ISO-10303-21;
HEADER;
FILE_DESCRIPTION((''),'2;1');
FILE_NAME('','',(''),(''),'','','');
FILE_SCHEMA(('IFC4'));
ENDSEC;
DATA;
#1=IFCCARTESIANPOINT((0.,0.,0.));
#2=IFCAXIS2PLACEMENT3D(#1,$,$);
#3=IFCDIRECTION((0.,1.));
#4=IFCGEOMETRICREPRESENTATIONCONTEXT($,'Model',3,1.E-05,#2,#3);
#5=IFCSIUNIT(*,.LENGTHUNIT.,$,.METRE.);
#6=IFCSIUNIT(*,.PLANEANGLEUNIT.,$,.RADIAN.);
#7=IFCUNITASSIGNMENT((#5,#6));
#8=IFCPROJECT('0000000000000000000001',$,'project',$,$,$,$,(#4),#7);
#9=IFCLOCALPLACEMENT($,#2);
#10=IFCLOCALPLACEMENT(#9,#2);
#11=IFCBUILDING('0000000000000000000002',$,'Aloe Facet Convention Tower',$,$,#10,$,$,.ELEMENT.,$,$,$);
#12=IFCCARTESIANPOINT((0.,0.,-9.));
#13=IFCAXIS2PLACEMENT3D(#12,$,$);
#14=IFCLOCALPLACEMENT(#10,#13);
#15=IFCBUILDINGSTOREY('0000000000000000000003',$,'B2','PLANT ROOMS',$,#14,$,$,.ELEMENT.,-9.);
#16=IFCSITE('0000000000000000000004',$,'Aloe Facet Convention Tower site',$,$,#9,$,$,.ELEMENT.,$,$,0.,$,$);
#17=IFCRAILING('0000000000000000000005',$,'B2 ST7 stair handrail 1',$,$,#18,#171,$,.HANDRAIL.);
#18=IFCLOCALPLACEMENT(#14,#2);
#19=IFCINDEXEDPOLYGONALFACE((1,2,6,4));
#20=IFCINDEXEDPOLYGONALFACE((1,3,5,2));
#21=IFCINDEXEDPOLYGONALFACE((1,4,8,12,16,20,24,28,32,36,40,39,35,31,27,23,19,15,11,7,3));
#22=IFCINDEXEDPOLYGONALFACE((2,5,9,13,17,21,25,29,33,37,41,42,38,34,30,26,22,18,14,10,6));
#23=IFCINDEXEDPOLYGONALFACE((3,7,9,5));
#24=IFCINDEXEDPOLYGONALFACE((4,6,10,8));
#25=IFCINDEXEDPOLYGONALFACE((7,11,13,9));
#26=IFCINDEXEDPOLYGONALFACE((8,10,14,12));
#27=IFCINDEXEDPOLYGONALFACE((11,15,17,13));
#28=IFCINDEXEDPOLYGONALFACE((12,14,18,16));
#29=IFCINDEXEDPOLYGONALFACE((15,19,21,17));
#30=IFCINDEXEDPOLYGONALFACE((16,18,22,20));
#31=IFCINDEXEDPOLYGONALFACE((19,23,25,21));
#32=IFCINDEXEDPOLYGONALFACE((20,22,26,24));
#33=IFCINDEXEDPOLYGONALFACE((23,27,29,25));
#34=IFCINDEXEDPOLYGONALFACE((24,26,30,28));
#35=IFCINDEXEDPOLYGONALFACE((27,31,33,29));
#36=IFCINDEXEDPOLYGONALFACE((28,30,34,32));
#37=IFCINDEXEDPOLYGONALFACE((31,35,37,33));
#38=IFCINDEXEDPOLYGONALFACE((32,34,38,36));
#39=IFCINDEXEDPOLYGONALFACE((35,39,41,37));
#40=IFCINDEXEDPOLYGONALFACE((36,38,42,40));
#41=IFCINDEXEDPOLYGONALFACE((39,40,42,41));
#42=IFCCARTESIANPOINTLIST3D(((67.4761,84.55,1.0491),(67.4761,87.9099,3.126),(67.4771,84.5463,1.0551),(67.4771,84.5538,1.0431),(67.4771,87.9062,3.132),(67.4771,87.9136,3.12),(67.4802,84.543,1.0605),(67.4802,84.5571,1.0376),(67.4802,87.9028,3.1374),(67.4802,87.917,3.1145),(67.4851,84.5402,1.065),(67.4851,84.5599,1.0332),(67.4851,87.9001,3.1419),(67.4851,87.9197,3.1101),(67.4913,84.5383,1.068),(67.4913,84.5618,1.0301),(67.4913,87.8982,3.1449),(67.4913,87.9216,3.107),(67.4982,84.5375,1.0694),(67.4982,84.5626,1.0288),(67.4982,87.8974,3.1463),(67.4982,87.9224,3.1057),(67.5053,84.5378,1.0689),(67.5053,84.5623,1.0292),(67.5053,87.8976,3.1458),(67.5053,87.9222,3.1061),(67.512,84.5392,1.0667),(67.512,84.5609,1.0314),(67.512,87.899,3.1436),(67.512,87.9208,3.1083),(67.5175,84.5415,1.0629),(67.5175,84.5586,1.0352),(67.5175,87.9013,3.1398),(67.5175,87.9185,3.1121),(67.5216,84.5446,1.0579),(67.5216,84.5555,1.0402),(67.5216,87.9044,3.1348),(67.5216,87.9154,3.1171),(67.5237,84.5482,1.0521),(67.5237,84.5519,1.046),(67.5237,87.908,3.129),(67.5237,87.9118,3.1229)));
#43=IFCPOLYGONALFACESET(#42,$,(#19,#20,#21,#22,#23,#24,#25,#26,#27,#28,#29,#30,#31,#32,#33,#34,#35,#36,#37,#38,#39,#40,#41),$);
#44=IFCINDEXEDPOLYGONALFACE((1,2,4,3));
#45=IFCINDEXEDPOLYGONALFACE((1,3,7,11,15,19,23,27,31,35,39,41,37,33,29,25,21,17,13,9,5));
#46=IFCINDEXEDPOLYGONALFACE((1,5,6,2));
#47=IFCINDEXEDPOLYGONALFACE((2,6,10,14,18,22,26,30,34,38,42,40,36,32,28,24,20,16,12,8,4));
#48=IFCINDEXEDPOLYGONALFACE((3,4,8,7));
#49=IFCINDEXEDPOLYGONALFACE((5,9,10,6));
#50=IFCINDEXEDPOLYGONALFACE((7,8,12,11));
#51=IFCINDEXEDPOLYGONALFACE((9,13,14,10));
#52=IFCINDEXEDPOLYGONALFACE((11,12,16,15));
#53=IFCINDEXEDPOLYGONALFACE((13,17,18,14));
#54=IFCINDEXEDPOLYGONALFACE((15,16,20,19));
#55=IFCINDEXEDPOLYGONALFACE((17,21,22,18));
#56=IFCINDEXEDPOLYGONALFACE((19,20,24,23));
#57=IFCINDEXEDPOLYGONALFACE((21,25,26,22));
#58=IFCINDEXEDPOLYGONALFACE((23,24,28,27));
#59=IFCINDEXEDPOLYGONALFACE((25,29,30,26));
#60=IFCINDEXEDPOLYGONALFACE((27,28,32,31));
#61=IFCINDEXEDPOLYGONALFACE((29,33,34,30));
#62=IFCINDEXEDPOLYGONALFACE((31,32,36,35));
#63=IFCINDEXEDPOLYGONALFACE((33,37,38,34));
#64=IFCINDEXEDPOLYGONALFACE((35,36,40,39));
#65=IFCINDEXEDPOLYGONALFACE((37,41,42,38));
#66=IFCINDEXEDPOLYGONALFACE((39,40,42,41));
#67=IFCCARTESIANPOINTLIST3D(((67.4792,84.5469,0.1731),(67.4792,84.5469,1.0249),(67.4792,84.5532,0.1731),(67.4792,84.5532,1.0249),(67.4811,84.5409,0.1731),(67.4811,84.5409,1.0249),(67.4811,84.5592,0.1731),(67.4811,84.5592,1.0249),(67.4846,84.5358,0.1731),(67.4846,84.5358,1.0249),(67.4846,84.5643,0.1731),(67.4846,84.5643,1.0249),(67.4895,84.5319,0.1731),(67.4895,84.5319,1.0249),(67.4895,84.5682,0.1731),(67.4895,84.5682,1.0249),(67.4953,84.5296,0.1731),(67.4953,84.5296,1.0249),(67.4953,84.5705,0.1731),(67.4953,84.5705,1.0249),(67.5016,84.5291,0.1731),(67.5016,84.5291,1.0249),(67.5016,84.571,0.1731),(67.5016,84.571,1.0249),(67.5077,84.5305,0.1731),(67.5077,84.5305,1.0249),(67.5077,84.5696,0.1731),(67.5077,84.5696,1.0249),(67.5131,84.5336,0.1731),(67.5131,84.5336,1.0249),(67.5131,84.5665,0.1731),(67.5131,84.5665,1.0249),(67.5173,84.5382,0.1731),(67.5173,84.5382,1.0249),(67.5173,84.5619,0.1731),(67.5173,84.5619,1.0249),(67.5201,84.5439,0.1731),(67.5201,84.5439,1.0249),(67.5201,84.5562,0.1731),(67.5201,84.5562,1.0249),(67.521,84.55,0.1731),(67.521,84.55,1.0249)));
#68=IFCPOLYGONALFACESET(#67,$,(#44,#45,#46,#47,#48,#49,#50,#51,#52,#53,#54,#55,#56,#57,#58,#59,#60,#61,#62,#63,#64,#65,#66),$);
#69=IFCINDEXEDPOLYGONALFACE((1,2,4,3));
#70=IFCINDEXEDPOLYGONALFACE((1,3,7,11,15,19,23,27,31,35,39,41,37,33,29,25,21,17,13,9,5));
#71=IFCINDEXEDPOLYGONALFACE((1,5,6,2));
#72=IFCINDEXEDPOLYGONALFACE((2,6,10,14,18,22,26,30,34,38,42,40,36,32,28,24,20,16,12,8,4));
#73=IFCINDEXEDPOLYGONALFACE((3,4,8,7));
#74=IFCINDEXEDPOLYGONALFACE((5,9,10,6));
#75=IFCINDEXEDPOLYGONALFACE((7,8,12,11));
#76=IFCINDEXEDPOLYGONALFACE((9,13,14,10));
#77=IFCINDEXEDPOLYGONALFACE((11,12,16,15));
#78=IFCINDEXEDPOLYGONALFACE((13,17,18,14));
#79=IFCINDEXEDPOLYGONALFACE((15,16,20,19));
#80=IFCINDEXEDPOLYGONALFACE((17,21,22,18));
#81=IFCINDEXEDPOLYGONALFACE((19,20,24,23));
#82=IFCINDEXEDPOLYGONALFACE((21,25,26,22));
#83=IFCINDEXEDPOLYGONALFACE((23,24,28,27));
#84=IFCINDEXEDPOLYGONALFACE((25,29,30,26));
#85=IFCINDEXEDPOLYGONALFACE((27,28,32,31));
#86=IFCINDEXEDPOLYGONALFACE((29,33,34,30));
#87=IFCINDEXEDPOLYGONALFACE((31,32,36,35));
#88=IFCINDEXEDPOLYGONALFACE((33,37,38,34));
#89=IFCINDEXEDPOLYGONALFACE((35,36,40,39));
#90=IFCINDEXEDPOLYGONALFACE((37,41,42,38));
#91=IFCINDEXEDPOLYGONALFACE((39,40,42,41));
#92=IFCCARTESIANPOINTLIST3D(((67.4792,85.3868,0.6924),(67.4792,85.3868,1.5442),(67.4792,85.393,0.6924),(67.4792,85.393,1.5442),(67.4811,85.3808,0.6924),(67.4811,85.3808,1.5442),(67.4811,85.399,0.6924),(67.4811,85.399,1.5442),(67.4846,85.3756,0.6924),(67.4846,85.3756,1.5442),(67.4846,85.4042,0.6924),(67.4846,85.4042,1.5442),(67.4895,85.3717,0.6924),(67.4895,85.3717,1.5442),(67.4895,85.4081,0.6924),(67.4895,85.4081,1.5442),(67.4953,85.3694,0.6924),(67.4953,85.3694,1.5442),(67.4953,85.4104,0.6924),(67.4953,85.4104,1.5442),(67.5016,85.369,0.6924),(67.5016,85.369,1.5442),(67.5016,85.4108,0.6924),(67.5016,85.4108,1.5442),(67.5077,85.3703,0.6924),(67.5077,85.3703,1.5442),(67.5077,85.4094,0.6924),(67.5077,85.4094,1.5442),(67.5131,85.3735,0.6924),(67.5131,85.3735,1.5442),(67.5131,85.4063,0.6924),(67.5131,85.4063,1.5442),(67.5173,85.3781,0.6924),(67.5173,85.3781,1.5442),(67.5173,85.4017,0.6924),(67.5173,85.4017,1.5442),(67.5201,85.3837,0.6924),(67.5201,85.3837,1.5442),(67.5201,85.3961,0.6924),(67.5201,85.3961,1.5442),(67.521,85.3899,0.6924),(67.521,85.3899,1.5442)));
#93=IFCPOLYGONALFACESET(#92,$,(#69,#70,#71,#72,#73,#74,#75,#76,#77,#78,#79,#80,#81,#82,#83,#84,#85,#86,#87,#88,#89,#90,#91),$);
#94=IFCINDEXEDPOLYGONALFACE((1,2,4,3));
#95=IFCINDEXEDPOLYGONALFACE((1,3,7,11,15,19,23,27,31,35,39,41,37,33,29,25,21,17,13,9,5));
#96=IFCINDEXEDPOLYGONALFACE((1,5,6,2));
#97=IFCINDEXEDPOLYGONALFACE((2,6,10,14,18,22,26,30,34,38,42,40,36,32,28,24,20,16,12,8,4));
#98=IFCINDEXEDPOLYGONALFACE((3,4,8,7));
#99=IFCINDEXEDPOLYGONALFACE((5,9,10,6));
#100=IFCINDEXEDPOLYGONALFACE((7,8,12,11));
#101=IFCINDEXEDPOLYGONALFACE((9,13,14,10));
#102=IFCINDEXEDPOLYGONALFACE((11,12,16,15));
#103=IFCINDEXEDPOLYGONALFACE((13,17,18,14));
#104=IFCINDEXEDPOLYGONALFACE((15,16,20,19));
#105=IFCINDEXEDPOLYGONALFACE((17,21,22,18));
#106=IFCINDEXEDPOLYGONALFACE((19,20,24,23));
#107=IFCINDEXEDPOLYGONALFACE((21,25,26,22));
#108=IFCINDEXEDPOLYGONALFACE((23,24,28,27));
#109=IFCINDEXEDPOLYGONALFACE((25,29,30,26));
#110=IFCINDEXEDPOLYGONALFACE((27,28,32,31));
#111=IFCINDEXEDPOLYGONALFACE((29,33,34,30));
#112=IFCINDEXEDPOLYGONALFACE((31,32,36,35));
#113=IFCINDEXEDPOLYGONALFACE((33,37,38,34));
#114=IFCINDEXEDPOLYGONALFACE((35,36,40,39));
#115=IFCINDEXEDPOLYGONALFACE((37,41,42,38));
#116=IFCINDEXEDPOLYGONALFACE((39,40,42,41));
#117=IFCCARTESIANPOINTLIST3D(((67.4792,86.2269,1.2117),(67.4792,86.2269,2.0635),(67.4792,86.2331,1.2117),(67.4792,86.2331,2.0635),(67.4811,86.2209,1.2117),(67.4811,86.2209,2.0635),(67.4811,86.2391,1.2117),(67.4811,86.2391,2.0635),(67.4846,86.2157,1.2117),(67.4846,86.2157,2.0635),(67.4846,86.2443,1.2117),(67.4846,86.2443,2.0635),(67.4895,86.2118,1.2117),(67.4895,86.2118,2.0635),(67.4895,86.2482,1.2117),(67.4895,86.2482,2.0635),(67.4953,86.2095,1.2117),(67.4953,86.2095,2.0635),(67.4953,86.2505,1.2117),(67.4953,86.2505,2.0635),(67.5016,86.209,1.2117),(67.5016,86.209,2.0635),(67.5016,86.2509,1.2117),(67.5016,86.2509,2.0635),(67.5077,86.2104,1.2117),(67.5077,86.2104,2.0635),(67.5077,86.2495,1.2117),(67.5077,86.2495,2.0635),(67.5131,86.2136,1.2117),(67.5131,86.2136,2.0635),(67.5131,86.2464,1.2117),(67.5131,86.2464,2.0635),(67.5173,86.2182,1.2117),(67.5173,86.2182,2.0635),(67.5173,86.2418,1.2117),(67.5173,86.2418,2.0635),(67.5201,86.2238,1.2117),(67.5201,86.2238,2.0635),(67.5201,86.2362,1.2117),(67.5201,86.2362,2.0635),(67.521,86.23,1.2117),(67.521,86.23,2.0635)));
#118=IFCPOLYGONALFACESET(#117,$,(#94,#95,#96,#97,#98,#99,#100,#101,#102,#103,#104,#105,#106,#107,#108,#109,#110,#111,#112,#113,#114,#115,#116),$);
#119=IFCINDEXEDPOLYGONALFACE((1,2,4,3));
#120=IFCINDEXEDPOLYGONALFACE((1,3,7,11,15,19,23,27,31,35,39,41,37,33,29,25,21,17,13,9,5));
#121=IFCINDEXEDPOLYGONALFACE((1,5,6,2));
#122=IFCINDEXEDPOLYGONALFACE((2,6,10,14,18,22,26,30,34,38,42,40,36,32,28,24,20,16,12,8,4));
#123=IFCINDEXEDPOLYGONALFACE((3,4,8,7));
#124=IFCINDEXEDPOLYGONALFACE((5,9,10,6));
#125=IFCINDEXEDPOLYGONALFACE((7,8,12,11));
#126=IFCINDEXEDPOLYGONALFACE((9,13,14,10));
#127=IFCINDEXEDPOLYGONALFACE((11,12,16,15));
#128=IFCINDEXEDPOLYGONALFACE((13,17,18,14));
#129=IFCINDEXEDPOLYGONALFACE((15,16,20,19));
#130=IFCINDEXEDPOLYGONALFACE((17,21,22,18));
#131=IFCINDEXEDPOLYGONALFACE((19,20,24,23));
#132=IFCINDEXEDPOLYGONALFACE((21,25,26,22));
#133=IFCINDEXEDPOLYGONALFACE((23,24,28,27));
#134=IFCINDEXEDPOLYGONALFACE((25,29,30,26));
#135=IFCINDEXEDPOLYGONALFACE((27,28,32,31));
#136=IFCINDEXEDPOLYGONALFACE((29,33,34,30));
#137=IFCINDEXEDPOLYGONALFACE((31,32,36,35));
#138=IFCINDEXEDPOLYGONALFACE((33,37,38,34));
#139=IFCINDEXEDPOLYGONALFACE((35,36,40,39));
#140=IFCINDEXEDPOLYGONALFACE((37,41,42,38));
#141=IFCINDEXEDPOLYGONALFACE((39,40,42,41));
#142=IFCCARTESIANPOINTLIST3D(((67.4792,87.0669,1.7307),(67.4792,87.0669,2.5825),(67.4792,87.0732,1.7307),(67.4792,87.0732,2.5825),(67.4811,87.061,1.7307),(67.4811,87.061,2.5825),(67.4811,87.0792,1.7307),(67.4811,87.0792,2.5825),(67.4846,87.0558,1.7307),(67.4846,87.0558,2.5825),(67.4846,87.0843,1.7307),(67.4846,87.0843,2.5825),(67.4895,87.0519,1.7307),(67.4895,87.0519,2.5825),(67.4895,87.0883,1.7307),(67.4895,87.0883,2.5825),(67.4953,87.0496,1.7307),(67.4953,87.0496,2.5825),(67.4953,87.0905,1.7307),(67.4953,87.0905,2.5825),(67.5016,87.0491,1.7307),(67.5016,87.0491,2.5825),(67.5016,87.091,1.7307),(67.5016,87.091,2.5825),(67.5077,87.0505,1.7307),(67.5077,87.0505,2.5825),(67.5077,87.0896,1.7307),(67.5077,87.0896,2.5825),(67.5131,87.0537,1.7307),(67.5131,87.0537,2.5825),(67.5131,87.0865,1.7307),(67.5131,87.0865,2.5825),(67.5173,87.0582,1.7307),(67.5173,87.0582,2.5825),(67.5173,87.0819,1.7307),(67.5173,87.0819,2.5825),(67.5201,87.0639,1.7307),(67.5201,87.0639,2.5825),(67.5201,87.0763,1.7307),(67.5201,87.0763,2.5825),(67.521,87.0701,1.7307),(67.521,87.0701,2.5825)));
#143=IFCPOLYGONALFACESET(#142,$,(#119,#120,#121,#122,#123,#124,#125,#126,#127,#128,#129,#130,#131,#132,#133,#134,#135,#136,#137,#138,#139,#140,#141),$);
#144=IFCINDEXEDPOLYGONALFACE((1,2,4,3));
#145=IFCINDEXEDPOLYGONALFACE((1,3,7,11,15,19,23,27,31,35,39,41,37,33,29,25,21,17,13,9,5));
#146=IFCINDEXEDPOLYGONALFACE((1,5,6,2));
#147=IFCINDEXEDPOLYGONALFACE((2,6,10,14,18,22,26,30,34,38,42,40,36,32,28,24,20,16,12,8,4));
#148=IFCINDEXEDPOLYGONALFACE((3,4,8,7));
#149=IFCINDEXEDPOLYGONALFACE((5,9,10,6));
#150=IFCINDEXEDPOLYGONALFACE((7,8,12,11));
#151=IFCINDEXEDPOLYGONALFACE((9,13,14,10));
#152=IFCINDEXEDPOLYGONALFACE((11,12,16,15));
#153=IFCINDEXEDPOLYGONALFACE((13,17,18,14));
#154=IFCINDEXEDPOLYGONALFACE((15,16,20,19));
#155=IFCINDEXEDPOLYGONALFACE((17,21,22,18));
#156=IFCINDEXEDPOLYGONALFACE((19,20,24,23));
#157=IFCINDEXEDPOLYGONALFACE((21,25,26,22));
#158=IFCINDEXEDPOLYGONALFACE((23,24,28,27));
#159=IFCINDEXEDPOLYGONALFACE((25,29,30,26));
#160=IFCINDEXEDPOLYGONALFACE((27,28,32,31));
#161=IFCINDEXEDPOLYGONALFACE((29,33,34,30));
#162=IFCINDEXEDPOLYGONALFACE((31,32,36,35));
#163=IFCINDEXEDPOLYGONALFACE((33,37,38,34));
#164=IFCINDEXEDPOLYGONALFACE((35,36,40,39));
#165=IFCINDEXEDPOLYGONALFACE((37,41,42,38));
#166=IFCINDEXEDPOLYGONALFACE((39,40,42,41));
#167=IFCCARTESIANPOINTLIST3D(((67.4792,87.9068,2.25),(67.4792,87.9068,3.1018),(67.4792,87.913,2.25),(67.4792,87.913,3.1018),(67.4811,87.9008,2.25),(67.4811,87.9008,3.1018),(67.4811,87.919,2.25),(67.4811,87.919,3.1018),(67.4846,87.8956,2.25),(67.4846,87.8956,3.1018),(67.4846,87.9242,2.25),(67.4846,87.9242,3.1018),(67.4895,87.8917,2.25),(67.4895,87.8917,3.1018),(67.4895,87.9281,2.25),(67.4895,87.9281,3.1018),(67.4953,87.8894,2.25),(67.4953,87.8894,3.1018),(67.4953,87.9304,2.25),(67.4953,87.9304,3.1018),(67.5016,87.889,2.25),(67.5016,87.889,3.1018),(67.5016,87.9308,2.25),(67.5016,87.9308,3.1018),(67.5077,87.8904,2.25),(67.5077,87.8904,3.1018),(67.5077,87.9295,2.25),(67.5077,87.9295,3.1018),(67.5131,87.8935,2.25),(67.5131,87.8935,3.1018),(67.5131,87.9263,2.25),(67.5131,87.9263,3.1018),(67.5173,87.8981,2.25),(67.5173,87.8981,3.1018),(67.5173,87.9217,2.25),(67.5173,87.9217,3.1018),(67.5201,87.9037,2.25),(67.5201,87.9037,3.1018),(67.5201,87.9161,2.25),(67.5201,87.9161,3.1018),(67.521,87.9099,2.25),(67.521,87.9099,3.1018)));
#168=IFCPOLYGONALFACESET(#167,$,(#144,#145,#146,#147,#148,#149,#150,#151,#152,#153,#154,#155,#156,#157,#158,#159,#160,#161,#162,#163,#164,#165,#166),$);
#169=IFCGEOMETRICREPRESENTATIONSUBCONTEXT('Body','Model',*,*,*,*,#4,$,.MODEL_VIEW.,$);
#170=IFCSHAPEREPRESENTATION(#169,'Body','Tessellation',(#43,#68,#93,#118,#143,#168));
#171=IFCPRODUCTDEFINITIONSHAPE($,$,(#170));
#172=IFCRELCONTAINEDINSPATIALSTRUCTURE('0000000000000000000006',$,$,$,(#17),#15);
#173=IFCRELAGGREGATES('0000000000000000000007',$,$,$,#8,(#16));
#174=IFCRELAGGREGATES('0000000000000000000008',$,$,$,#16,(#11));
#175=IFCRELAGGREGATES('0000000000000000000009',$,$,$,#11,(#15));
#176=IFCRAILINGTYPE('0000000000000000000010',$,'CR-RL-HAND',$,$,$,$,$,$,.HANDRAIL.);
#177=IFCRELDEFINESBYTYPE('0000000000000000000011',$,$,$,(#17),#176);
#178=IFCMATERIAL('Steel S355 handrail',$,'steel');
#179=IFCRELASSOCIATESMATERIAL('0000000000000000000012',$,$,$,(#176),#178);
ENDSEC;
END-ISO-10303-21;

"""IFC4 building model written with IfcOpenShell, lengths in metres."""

from ifc_helpers import new_model, si_unit, direction, frame, origin, origin_2d, place, context, subcontext, project, spatial, circle, extrude, material, type_object, element, save


model = new_model("IFC4")

# Units and contexts
model_context = context("Model", 3, precision=1e-05, world=origin(), true_north=direction((0.0, 1.0)))
body_context = subcontext(model_context, "Body", "Model", "MODEL_VIEW")
ifc_project = project(units=[si_unit("LENGTHUNIT", "METRE"), si_unit("PLANEANGLEUNIT", "RADIAN")], contexts=[model_context])

# Site, building, storey
site_placement = place(None, origin())
site = spatial("IfcSite", under=ifc_project, at=site_placement, Name="Aloe Facet Convention Tower site", CompositionType="ELEMENT", RefElevation=0.0)
building_placement = place(site_placement, origin())
building = spatial("IfcBuilding", under=site, at=building_placement, Name="Aloe Facet Convention Tower", CompositionType="ELEMENT")
storey_placement = place(building_placement, frame((0.0, 0.0, -9.0)))
storey = spatial("IfcBuildingStorey", under=building, at=storey_placement, Name="B2", Description="PLANT ROOMS", CompositionType="ELEMENT", Elevation=-9.0)

# Railing
ifc_material_1 = material(Name="Steel S355 handrail", Category="steel")
railing_type_1 = type_object("IfcRailingType", Name="CR-RL-HAND", PredefinedType="HANDRAIL", material=ifc_material_1)
railing_1_placement = place(storey_placement, frame((67.5, 84.55, 0.1731)))
element("IfcRailing", 1, at=railing_1_placement, inside=storey, type_object=railing_type_1, Name="B2 ST7 stair handrail 1", PredefinedType="HANDRAIL", context=body_context, shape_type="SweptSolid", body=[
    extrude(circle(Radius=0.0239, at=origin_2d()), frame((0.0, 0.0, 0.876), z_axis=(0.0, 0.850606, 0.525803), x_axis=(-1.0, 0.0, 0.0)), (0.0, 0.0, 1.0), 3.95),
    extrude(circle(Radius=0.021, at=origin_2d()), origin(), (0.0, 0.0, 1.0), 0.8518),
    extrude(circle(Radius=0.021, at=origin_2d()), frame((0.0, 0.8398, 0.5193)), (0.0, 0.0, 1.0), 0.8518),
    extrude(circle(Radius=0.021, at=origin_2d()), frame((0.0, 1.6799, 1.0386)), (0.0, 0.0, 1.0), 0.8518),
    extrude(circle(Radius=0.021, at=origin_2d()), frame((0.0, 2.52, 1.5576)), (0.0, 0.0, 1.0), 0.8518),
    extrude(circle(Radius=0.021, at=origin_2d()), frame((0.0, 3.3599, 2.0769)), (0.0, 0.0, 1.0), 0.8518),
])

save(model, "model.ifc")
